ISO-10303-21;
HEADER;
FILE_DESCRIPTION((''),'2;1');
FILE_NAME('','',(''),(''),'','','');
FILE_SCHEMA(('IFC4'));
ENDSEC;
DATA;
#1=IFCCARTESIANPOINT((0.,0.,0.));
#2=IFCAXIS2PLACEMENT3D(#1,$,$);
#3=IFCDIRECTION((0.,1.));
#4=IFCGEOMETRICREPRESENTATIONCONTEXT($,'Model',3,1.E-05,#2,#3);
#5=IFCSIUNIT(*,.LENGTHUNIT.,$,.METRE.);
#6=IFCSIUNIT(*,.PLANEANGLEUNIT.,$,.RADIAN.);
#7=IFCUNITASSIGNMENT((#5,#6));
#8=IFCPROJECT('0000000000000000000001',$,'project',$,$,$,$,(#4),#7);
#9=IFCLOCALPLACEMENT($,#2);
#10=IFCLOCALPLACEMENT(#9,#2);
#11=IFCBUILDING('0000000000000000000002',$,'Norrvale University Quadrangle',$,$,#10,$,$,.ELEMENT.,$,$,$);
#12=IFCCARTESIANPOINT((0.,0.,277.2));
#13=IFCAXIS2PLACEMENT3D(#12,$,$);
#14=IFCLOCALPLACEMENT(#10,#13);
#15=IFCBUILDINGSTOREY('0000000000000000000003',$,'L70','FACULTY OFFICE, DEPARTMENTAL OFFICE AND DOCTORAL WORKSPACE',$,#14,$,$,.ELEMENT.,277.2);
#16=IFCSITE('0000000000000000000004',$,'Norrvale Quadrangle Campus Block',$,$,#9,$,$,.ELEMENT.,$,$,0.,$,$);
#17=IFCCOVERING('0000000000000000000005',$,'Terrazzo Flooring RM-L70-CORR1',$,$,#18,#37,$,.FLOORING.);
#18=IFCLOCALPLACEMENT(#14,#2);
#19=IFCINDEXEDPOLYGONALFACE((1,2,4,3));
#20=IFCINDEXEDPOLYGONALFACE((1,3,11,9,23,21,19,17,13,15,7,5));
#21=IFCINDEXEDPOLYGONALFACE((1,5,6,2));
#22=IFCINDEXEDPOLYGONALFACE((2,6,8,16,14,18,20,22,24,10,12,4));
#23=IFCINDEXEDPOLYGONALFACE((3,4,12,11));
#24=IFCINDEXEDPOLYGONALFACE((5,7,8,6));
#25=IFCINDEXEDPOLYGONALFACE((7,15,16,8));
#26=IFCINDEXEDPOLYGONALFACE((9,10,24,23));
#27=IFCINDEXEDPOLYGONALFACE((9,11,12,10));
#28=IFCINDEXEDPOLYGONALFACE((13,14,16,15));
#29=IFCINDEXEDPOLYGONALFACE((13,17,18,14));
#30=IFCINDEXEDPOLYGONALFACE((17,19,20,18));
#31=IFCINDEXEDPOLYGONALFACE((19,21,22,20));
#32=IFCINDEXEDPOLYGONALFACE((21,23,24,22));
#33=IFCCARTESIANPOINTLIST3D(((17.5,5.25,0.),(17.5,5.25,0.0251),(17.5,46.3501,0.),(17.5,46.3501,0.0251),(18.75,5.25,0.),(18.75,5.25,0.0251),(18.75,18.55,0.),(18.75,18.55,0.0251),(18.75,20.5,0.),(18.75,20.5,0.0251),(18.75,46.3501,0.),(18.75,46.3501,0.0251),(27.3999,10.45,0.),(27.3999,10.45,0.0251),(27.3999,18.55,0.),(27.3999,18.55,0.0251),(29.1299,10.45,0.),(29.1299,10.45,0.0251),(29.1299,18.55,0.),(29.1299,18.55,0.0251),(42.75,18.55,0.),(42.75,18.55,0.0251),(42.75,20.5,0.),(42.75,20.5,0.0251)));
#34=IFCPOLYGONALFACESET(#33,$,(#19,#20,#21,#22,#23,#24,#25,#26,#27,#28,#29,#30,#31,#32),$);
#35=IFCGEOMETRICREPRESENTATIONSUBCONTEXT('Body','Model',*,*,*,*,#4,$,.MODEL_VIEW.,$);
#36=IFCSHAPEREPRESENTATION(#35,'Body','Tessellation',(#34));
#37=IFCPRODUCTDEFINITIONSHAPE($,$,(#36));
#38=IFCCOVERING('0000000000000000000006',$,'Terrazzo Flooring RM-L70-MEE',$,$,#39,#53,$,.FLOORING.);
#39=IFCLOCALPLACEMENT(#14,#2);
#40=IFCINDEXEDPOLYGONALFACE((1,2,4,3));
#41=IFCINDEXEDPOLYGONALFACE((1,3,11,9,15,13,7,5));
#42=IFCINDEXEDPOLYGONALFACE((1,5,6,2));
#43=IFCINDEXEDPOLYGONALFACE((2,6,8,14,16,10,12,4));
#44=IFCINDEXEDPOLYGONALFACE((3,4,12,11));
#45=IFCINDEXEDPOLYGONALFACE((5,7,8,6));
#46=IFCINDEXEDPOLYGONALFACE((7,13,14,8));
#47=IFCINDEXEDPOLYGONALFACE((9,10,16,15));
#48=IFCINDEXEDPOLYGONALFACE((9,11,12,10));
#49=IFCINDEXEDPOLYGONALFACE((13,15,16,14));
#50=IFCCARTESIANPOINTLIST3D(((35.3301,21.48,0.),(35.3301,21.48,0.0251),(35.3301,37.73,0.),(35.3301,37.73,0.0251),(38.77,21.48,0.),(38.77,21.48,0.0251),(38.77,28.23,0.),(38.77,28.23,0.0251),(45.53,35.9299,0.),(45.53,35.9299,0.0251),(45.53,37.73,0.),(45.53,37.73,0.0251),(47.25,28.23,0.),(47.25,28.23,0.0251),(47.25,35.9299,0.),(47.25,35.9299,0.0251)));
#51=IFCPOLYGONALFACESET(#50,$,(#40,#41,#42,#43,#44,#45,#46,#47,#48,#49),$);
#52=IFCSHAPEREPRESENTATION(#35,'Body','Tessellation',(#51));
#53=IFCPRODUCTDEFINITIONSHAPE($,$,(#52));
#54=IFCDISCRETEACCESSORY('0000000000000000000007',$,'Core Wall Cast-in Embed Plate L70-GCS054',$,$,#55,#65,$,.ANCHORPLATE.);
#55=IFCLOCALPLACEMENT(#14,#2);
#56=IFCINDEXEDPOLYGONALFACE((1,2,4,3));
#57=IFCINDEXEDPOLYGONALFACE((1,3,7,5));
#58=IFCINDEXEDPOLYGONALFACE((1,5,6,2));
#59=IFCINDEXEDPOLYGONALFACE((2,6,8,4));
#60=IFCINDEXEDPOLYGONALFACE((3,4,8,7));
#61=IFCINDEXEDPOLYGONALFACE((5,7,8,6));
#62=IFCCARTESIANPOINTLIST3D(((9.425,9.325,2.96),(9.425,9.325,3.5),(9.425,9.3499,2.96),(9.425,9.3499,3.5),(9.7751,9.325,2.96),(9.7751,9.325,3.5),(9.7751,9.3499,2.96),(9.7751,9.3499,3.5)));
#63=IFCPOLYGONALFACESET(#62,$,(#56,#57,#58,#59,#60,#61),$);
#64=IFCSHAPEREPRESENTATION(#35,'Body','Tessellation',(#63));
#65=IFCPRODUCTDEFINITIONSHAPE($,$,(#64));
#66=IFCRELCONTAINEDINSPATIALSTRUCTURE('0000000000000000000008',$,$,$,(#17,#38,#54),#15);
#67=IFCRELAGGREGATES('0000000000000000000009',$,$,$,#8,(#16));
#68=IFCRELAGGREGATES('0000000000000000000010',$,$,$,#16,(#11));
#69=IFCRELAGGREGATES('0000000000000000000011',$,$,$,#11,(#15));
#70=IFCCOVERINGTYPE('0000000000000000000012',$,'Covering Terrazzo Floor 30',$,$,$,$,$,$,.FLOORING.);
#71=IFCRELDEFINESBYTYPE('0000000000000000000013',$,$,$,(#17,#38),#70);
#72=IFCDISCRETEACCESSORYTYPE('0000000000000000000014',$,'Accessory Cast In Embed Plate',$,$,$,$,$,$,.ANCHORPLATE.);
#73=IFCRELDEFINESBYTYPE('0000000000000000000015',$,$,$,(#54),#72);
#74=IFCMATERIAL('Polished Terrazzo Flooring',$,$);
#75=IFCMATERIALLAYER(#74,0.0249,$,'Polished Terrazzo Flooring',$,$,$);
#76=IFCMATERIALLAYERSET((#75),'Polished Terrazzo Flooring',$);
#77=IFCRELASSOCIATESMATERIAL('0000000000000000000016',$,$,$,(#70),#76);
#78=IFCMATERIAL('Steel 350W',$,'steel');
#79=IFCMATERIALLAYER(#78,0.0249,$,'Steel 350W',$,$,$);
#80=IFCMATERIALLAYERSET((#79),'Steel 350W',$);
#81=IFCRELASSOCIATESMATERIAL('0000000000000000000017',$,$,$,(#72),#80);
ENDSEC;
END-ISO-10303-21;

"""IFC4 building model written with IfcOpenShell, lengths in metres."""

from ifc_helpers import new_model, si_unit, direction, frame, origin, origin_2d, place, context, subcontext, project, spatial, polyline, rectangle, outline, extrude, material, layer, layer_set, type_object, element, save


model = new_model("IFC4")

# Units and contexts
model_context = context("Model", 3, precision=1e-05, world=origin(), true_north=direction((0.0, 1.0)))
body_context = subcontext(model_context, "Body", "Model", "MODEL_VIEW")
ifc_project = project(units=[si_unit("LENGTHUNIT", "METRE"), si_unit("PLANEANGLEUNIT", "RADIAN")], contexts=[model_context])

# Site, building, storey
site_placement = place(None, origin())
site = spatial("IfcSite", under=ifc_project, at=site_placement, Name="Norrvale Quadrangle Campus Block", CompositionType="ELEMENT", RefElevation=0.0)
building_placement = place(site_placement, origin())
building = spatial("IfcBuilding", under=site, at=building_placement, Name="Norrvale University Quadrangle", CompositionType="ELEMENT")
storey_placement = place(building_placement, frame((0.0, 0.0, 277.2)))
storey = spatial("IfcBuildingStorey", under=building, at=storey_placement, Name="L70", Description="FACULTY OFFICE, DEPARTMENTAL OFFICE AND DOCTORAL WORKSPACE", CompositionType="ELEMENT", Elevation=277.2)

# Shared definitions
ifc_material_1 = material(Name="Steel 350W", Category="steel")

# Coverings
ifc_material_2 = material(Name="Polished Terrazzo Flooring")
ifc_layer_1 = layer(ifc_material_2, 0.0249, Name="Polished Terrazzo Flooring")
ifc_layer_set_1 = layer_set([ifc_layer_1], Name="Polished Terrazzo Flooring")
covering_type_1 = type_object("IfcCoveringType", Name="Covering Terrazzo Floor 30", PredefinedType="FLOORING", material=ifc_layer_set_1)
covering_1_placement = place(storey_placement, origin())
element("IfcCovering", 1, at=covering_1_placement, inside=storey, type_object=covering_type_1, Name="Terrazzo Flooring RM-L70-CORR1", PredefinedType="FLOORING", context=body_context, shape_type="SweptSolid", body=[
    extrude(outline(polyline([(17.5, 5.25), (17.5, 46.3501), (18.75, 46.3501), (18.75, 20.5), (42.75, 20.5), (42.75, 18.55), (29.1299, 18.55), (29.1299, 10.45), (27.3999, 10.45), (27.3999, 18.55), (18.75, 18.55), (18.75, 5.25), (17.5, 5.25)])), origin(), (0.0, 0.0, 1.0), 0.0251),
])
covering_2_placement = place(storey_placement, origin())
element("IfcCovering", 2, at=covering_2_placement, inside=storey, type_object=covering_type_1, Name="Terrazzo Flooring RM-L70-MEE", PredefinedType="FLOORING", context=body_context, shape_type="SweptSolid", body=[
    extrude(outline(polyline([(35.3301, 21.48), (35.3301, 37.73), (45.53, 37.73), (45.53, 35.9299), (47.25, 35.9299), (47.25, 28.23), (38.77, 28.23), (38.77, 21.48), (35.3301, 21.48)])), origin(), (0.0, 0.0, 1.0), 0.0251),
])

# Discrete accessory
ifc_layer_2 = layer(ifc_material_1, 0.0249, Name="Steel 350W")
ifc_layer_set_2 = layer_set([ifc_layer_2], Name="Steel 350W")
discrete_accessory_type = type_object("IfcDiscreteAccessoryType", Name="Accessory Cast In Embed Plate", PredefinedType="ANCHORPLATE", material=ifc_layer_set_2)
discrete_accessory_placement = place(storey_placement, frame((9.6001, 9.3374, 2.96), z_axis=(0.0, 0.0, 1.0), x_axis=(1.0, 0.0, 0.0)))
element("IfcDiscreteAccessory", 3, at=discrete_accessory_placement, inside=storey, type_object=discrete_accessory_type, Name="Core Wall Cast-in Embed Plate L70-GCS054", PredefinedType="ANCHORPLATE", context=body_context, shape_type="SweptSolid", body=[
    extrude(rectangle(XDim=0.3501, YDim=0.0249, at=origin_2d()), origin(), (0.0, 0.0, 1.0), 0.54),
])

save(model, "model.ifc")
